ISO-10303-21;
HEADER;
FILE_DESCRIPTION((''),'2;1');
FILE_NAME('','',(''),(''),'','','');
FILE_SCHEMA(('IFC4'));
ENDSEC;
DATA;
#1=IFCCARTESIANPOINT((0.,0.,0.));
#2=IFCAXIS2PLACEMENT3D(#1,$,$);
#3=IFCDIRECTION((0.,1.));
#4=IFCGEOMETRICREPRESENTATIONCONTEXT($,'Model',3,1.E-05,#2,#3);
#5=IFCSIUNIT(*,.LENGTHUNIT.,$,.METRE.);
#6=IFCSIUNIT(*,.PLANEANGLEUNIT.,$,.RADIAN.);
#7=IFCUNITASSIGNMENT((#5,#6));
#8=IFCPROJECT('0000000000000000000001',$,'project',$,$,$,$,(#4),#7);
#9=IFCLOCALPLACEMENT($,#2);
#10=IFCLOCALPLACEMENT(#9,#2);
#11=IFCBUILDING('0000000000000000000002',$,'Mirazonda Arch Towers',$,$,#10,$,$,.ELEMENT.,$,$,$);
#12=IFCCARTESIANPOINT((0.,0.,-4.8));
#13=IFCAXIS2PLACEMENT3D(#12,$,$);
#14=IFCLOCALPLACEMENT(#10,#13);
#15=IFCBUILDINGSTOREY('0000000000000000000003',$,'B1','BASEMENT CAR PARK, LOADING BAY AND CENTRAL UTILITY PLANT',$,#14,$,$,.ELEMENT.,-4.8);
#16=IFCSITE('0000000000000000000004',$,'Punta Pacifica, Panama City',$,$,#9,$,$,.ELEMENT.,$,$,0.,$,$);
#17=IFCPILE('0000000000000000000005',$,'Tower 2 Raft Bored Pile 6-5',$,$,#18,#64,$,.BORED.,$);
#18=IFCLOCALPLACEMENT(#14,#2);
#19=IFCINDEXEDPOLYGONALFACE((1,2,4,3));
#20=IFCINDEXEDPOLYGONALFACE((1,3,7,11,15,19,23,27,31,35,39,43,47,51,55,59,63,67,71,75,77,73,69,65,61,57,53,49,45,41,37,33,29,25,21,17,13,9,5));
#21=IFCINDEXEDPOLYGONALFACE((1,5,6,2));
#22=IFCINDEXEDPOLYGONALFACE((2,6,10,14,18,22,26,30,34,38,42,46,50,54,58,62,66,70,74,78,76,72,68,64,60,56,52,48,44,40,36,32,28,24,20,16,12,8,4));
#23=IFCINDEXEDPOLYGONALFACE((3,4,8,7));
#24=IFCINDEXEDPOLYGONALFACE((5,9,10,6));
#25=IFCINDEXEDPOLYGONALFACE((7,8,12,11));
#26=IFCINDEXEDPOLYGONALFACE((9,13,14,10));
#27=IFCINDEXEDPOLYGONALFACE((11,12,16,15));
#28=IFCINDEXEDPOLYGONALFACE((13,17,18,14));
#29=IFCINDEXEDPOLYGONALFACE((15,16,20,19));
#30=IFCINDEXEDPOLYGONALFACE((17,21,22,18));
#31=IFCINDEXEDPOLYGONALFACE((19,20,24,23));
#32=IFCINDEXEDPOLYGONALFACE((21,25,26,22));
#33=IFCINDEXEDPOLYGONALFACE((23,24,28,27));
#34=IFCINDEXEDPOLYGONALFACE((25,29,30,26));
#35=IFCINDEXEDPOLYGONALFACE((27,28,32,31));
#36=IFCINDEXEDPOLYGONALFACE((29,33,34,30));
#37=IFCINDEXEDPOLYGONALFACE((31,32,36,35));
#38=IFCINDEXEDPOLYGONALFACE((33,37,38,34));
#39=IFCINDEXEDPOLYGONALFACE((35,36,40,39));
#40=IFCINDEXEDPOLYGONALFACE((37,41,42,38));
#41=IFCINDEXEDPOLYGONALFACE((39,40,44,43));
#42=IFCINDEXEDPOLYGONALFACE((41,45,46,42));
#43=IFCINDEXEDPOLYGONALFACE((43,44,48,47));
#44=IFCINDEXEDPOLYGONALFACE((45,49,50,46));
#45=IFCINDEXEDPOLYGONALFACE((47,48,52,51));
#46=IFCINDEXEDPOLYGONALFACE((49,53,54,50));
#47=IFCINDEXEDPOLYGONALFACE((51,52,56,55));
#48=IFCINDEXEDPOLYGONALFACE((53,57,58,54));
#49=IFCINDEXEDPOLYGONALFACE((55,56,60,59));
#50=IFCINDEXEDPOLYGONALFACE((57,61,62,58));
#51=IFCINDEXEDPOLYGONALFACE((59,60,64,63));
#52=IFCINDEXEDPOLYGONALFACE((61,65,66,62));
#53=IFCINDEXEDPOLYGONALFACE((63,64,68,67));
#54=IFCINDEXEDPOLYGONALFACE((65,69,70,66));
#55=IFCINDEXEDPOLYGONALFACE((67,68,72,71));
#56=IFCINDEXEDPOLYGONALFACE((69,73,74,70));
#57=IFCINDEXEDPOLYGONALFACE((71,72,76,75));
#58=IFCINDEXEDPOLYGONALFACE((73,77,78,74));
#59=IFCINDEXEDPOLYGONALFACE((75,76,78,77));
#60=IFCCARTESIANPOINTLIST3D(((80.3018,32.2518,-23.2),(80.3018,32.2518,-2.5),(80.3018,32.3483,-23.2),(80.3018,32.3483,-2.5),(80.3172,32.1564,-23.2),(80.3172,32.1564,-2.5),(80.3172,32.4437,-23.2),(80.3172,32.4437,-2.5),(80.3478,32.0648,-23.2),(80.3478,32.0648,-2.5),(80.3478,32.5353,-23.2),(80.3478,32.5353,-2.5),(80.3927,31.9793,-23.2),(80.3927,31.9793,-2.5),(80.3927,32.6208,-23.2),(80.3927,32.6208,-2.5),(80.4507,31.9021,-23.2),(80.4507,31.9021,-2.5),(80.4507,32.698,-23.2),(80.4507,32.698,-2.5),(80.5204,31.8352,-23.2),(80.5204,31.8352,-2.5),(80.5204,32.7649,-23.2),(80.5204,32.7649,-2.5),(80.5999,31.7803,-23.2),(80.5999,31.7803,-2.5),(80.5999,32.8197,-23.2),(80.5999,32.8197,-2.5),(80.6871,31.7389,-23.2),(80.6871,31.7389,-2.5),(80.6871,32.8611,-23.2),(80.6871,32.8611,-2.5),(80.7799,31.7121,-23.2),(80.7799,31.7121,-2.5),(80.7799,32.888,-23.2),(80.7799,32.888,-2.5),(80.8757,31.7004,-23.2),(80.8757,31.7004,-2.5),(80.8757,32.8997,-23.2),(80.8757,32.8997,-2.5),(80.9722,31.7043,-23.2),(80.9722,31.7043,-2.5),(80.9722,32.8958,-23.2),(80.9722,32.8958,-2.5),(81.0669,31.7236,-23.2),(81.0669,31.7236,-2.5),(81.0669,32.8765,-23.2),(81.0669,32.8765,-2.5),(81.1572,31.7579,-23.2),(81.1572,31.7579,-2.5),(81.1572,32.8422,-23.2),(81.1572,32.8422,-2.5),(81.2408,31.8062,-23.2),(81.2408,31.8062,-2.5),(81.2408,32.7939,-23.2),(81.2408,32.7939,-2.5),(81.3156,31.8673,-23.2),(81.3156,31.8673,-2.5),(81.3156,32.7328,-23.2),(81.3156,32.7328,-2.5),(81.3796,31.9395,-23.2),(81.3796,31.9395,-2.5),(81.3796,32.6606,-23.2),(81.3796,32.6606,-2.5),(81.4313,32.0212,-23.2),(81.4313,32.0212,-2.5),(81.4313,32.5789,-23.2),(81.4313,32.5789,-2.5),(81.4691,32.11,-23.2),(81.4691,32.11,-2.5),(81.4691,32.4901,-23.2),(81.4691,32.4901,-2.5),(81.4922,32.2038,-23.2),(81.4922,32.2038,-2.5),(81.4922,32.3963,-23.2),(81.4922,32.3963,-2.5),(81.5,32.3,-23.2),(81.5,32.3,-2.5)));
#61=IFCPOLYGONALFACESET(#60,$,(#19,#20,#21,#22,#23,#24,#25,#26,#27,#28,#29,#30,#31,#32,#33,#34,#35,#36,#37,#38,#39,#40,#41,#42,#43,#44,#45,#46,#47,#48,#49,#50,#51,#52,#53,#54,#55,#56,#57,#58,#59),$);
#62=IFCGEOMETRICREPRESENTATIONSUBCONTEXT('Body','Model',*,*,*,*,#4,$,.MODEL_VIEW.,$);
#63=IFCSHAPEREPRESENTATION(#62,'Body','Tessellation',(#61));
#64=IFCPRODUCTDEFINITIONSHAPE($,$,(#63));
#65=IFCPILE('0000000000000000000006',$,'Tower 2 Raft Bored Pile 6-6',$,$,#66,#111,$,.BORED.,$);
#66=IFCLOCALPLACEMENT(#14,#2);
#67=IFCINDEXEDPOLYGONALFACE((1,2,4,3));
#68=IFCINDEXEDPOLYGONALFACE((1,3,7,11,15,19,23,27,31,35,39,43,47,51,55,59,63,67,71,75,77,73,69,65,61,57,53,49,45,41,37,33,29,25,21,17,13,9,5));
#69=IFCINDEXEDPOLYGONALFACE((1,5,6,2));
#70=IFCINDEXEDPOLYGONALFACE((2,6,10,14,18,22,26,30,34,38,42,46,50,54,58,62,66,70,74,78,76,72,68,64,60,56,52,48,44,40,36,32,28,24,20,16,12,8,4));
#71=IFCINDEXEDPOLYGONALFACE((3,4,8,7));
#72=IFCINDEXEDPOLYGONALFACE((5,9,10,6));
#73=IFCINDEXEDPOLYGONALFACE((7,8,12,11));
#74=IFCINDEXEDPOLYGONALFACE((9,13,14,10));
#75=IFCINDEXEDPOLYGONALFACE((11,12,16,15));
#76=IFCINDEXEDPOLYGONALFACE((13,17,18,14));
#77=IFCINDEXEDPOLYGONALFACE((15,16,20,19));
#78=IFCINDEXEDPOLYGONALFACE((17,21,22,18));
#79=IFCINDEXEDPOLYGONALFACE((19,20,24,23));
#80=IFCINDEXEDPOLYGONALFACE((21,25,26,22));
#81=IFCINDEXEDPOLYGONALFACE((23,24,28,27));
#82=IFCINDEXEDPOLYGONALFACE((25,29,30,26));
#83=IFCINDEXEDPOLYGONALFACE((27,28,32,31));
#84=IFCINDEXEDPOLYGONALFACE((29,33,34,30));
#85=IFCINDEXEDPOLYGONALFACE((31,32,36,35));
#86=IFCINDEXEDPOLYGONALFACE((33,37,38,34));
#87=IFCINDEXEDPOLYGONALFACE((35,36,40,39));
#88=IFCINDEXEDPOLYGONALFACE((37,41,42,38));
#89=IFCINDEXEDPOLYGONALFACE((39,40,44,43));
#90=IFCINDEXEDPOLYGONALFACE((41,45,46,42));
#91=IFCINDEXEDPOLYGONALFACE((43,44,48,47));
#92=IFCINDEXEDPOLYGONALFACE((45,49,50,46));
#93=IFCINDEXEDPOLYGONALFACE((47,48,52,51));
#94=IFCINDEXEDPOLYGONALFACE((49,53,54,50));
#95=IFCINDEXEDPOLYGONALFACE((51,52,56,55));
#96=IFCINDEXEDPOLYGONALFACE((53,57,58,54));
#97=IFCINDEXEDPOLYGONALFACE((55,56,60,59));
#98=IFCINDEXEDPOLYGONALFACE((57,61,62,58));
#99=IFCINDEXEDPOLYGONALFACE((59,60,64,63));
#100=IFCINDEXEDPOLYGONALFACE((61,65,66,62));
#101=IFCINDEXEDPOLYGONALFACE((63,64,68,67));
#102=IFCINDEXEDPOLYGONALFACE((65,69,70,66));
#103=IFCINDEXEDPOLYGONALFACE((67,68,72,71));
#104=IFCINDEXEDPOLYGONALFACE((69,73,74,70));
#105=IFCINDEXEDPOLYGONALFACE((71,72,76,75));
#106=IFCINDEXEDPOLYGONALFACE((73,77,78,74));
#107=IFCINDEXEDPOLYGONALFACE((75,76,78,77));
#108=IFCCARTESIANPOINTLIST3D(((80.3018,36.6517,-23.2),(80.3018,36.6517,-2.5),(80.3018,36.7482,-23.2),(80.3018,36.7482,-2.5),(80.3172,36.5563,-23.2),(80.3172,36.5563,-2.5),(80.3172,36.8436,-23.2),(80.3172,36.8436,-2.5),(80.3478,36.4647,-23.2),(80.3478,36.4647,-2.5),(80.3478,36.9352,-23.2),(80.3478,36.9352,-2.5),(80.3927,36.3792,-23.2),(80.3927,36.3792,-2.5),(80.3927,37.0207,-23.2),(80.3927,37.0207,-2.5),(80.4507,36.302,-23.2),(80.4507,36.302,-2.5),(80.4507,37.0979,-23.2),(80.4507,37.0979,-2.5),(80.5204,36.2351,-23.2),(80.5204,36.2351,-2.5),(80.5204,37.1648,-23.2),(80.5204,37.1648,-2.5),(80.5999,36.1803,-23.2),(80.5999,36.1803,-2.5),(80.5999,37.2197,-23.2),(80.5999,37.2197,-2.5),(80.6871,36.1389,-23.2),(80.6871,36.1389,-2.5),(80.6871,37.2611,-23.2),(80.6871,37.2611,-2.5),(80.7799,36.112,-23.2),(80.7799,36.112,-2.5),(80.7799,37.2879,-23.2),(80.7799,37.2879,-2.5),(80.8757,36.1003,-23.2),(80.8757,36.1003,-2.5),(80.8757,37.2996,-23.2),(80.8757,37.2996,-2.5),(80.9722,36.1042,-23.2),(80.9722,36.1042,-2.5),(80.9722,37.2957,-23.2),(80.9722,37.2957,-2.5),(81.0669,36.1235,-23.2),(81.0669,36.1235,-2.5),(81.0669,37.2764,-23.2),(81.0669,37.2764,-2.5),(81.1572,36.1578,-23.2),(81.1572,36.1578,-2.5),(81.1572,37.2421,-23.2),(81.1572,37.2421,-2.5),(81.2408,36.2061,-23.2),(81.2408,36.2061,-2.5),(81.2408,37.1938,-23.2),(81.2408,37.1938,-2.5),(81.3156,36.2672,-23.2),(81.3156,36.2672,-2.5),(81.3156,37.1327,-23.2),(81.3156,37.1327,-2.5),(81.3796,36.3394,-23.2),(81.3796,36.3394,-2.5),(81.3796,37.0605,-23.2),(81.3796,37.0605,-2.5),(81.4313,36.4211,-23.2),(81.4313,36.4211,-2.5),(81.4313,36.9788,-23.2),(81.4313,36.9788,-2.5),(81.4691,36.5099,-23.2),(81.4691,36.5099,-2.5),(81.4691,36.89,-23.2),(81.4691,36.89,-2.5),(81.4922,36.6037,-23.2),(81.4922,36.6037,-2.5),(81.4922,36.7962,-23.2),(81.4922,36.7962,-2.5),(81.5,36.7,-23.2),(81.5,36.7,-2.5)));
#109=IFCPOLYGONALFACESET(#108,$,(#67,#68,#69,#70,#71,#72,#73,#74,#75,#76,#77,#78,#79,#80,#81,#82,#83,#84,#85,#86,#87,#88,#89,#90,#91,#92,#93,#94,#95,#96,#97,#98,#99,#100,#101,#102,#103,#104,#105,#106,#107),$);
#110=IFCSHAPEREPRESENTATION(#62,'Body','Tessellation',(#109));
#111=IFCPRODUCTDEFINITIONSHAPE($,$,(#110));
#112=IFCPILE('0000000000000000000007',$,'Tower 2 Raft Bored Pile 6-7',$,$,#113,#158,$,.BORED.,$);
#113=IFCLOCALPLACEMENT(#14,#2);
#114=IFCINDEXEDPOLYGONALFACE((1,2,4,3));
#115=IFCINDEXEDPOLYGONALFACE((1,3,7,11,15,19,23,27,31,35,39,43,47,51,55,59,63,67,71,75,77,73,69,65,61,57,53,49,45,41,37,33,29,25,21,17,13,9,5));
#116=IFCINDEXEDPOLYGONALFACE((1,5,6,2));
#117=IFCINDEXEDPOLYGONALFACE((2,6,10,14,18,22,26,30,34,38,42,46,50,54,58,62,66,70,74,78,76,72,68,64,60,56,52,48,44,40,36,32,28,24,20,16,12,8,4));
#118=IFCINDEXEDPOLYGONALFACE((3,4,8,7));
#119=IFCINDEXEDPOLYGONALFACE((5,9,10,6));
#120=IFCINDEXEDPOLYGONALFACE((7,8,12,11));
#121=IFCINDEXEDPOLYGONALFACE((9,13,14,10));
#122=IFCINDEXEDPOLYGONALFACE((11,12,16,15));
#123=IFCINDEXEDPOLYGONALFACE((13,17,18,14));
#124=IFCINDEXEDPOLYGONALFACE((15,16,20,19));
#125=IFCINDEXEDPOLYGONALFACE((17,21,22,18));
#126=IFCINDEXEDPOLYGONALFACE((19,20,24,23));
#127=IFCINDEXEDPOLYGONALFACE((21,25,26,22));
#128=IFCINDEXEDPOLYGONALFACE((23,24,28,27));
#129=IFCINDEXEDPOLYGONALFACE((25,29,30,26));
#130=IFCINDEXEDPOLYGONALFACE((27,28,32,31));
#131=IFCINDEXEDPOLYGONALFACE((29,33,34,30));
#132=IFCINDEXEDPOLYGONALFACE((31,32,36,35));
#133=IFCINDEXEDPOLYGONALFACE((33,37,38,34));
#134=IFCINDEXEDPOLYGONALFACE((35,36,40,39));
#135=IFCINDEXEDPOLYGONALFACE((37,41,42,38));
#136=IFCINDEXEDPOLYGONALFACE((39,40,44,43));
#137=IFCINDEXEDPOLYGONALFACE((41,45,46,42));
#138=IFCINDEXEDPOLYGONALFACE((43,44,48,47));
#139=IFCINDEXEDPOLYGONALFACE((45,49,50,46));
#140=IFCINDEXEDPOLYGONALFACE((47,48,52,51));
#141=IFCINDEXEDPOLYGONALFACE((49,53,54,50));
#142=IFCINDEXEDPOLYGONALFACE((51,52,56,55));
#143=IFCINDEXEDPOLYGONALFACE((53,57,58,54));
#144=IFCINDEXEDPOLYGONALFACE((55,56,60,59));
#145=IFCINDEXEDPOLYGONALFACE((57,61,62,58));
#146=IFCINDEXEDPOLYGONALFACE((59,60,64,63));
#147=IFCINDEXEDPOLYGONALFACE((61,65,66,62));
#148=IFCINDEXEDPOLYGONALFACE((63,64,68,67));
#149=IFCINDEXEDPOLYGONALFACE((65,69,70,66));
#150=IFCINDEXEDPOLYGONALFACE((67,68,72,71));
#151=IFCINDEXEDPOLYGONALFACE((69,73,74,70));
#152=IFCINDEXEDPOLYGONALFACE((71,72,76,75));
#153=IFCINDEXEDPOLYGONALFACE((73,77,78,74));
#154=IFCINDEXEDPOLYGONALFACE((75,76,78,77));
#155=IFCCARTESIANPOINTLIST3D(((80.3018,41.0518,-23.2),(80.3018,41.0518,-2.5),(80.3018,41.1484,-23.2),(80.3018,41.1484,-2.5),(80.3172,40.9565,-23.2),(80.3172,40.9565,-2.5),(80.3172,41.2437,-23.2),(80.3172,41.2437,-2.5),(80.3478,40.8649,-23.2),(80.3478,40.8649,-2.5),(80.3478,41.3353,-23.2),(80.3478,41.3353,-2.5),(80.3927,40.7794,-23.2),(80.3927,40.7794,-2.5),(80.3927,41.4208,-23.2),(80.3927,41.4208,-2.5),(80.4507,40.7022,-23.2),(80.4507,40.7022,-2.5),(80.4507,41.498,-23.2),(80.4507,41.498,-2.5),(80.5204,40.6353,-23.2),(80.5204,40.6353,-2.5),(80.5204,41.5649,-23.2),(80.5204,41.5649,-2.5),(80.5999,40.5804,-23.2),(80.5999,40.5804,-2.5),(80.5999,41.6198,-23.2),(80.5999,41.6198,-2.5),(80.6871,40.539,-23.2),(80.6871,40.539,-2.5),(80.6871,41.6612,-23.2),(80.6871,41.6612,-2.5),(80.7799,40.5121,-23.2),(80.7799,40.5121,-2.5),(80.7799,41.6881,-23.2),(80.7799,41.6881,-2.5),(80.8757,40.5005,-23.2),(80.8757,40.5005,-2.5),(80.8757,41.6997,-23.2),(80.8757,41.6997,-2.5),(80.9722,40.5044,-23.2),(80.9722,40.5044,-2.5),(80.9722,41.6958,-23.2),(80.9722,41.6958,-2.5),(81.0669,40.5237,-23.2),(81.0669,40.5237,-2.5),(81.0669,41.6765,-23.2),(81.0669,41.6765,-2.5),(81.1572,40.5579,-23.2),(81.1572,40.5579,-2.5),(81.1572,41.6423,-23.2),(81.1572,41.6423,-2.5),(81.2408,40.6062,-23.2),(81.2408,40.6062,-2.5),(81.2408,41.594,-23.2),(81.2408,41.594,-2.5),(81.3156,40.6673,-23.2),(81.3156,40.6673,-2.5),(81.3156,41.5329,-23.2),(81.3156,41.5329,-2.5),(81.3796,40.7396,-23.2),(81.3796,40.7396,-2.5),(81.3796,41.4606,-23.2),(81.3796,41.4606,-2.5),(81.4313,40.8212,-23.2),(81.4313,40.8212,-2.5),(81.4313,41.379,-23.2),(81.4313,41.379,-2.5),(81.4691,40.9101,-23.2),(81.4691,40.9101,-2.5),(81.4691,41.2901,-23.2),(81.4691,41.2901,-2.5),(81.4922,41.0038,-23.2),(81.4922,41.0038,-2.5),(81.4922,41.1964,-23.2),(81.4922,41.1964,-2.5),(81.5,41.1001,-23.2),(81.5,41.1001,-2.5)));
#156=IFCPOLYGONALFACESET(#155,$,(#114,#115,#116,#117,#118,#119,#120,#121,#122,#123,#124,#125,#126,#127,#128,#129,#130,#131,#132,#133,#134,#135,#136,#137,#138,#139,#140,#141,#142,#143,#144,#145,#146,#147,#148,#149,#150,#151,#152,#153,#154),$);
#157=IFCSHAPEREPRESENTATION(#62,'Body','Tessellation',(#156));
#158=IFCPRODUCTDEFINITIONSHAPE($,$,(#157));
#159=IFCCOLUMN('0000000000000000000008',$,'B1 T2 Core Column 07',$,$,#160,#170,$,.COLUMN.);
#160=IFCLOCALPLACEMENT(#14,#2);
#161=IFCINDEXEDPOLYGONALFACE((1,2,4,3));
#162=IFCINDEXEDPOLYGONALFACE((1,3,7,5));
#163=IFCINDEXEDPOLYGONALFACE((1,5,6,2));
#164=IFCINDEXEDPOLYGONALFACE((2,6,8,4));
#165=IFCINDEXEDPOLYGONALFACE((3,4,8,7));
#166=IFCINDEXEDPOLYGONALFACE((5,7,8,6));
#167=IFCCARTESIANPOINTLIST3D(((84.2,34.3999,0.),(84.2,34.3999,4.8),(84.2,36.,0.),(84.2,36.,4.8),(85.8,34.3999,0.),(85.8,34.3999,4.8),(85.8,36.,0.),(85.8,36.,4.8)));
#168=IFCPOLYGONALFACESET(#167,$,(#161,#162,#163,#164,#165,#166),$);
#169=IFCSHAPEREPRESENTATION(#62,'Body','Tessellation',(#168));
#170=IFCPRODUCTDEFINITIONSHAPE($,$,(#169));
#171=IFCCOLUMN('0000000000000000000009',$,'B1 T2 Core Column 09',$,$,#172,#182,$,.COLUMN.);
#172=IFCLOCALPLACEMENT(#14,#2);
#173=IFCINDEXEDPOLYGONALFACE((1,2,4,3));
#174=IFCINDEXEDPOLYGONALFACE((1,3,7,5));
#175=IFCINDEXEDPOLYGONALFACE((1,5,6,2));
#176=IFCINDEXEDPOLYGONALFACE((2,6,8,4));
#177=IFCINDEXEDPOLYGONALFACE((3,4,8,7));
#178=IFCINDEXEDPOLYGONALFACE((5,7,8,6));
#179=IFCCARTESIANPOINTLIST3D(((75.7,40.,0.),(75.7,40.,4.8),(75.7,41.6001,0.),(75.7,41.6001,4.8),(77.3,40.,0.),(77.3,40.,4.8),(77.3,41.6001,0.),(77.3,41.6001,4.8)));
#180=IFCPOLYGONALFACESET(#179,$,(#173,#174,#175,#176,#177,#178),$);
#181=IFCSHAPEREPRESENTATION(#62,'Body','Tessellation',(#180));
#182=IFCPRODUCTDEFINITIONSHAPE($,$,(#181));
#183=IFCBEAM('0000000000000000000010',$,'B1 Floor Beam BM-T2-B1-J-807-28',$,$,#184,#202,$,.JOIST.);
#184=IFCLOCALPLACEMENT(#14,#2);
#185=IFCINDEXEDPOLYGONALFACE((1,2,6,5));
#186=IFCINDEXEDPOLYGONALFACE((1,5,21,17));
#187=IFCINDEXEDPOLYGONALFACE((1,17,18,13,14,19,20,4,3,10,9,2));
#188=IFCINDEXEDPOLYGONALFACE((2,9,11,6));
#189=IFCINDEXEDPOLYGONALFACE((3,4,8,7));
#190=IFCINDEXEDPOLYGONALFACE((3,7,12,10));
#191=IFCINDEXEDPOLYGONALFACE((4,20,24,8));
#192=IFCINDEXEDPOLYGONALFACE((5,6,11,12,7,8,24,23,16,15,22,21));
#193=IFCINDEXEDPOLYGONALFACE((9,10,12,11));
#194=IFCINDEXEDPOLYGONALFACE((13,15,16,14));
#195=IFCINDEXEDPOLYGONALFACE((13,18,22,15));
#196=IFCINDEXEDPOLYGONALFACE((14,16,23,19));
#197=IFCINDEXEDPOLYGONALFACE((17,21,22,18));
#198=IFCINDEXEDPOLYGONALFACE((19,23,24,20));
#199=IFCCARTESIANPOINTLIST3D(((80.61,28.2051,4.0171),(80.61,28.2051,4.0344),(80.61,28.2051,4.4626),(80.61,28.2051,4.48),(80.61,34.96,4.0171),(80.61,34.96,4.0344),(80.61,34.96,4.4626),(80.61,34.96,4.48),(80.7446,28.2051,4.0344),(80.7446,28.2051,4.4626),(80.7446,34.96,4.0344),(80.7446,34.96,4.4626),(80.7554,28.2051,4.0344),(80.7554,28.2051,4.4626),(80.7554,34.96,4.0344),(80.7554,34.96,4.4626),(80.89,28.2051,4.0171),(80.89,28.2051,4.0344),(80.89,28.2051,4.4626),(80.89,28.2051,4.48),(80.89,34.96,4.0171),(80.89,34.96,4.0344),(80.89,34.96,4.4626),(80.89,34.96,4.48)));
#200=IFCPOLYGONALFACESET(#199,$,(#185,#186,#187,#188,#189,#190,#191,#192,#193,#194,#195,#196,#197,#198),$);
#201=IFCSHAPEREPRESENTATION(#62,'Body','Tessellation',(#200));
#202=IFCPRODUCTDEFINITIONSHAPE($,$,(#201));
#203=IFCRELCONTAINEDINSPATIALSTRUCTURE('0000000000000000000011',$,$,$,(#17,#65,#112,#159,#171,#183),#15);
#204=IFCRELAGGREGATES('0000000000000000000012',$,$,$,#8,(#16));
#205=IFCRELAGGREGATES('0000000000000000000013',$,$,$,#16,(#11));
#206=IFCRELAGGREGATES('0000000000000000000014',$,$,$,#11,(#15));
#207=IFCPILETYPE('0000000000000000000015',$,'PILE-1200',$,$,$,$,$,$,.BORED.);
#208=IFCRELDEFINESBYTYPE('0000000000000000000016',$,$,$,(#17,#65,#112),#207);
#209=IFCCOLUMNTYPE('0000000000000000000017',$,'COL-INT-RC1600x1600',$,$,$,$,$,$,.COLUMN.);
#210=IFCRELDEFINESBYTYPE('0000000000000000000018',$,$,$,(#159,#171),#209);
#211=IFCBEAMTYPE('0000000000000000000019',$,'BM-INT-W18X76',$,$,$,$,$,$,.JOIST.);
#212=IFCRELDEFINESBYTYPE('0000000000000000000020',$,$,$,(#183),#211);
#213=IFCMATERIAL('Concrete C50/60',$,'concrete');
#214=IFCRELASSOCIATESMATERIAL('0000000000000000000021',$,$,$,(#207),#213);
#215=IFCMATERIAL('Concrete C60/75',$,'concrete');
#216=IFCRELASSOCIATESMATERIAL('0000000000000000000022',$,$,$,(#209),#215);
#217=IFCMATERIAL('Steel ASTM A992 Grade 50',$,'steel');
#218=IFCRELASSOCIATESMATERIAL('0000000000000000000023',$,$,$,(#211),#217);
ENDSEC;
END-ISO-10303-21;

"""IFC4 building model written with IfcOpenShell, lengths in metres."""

from ifc_helpers import new_model, si_unit, direction, frame, origin, origin_2d, place, context, subcontext, project, spatial, rectangle, circle, i_section, extrude, material, material_profile, profile_set, type_object, element, save


model = new_model("IFC4")

# Units and contexts
model_context = context("Model", 3, precision=1e-05, world=origin(), true_north=direction((0.0, 1.0)))
body_context = subcontext(model_context, "Body", "Model", "MODEL_VIEW")
ifc_project = project(units=[si_unit("LENGTHUNIT", "METRE"), si_unit("PLANEANGLEUNIT", "RADIAN")], contexts=[model_context])

# Site, building, storey
site_placement = place(None, origin())
site = spatial("IfcSite", under=ifc_project, at=site_placement, Name="Punta Pacifica, Panama City", CompositionType="ELEMENT", RefElevation=0.0)
building_placement = place(site_placement, origin())
building = spatial("IfcBuilding", under=site, at=building_placement, Name="Mirazonda Arch Towers", CompositionType="ELEMENT")
storey_placement = place(building_placement, frame((0.0, 0.0, -4.8)))
storey = spatial("IfcBuildingStorey", under=building, at=storey_placement, Name="B1", Description="BASEMENT CAR PARK, LOADING BAY AND CENTRAL UTILITY PLANT", CompositionType="ELEMENT", Elevation=-4.8)

# Piles
ifc_material_1 = material(Name="Concrete C50/60", Category="concrete")
ifc_material_profile_1 = material_profile(ifc_material_1, circle(Radius=0.6001, at=origin_2d()), Name="BORED-D1200")
ifc_profile_set_1 = profile_set([ifc_material_profile_1], Name="Concrete C50/60")
pile_type = type_object("IfcPileType", Name="PILE-1200", PredefinedType="BORED", material=ifc_profile_set_1)
for number, where, z_axis, x_axis, name in (
    (1, (80.8999, 32.3, -2.5), (0.0, 0.0, -1.0), (1.0, 0.0, 0.0), "Tower 2 Raft Bored Pile 6-5"),
    (2, (80.8999, 36.7, -2.5), (0.0, 0.0, -1.0), (1.0, 0.0, 0.0), "Tower 2 Raft Bored Pile 6-6"),
    (3, (80.8999, 41.1001, -2.5), (0.0, 0.0, -1.0), (1.0, 0.0, 0.0), "Tower 2 Raft Bored Pile 6-7"),
):
    element("IfcPile", number, at=place(storey_placement, frame(where, z_axis=z_axis, x_axis=x_axis)), inside=storey, type_object=pile_type, Name=name, PredefinedType="BORED", context=body_context, shape_type="SweptSolid", body=[
        extrude(circle(Radius=0.6001, at=origin_2d()), origin(), (0.0, 0.0, 1.0), 20.7),
    ])

# Columns
ifc_material_2 = material(Name="Concrete C60/75", Category="concrete")
ifc_material_profile_2 = material_profile(ifc_material_2, rectangle(XDim=1.6001, YDim=1.6001, at=origin_2d()), Name="RC1600x1600")
ifc_profile_set_2 = profile_set([ifc_material_profile_2], Name="Concrete C60/75")
column_type = type_object("IfcColumnType", Name="COL-INT-RC1600x1600", PredefinedType="COLUMN", material=ifc_profile_set_2)
for number, where, z_axis, x_axis, name in (
    (4, (85.0, 35.2, 0.0), (0.0, 0.0, 1.0), (1.0, 0.0, 0.0), "B1 T2 Core Column 07"),
    (5, (76.5, 40.8, 0.0), (0.0, 0.0, 1.0), (1.0, 0.0, 0.0), "B1 T2 Core Column 09"),
):
    element("IfcColumn", number, at=place(storey_placement, frame(where, z_axis=z_axis, x_axis=x_axis)), inside=storey, type_object=column_type, Name=name, PredefinedType="COLUMN", context=body_context, shape_type="SweptSolid", body=[
        extrude(rectangle(XDim=1.6001, YDim=1.6001, at=origin_2d()), origin(), (0.0, 0.0, 1.0), 4.8),
    ])

# Beam
ifc_material_3 = material(Name="Steel ASTM A992 Grade 50", Category="steel")
ifc_material_profile_3 = material_profile(ifc_material_3, i_section(OverallWidth=0.28, OverallDepth=0.4629, WebThickness=0.0107, FlangeThickness=0.0173, at=origin_2d()), Name="W18X76")
ifc_profile_set_3 = profile_set([ifc_material_profile_3], Name="Steel ASTM A992 Grade 50")
beam_type_1 = type_object("IfcBeamType", Name="BM-INT-W18X76", PredefinedType="JOIST", material=ifc_profile_set_3)
beam_1_placement = place(storey_placement, frame((80.75, 28.2051, 4.2485), z_axis=(0.0, 1.0, 0.0), x_axis=(-1.0, 0.0, 0.0)))
element("IfcBeam", 6, at=beam_1_placement, inside=storey, type_object=beam_type_1, Name="B1 Floor Beam BM-T2-B1-J-807-28", PredefinedType="JOIST", context=body_context, shape_type="SweptSolid", body=[
    extrude(i_section(OverallWidth=0.28, OverallDepth=0.4629, WebThickness=0.0107, FlangeThickness=0.0173, at=origin_2d()), origin(), (0.0, 0.0, 1.0), 6.7549),
])

save(model, "model.ifc")
